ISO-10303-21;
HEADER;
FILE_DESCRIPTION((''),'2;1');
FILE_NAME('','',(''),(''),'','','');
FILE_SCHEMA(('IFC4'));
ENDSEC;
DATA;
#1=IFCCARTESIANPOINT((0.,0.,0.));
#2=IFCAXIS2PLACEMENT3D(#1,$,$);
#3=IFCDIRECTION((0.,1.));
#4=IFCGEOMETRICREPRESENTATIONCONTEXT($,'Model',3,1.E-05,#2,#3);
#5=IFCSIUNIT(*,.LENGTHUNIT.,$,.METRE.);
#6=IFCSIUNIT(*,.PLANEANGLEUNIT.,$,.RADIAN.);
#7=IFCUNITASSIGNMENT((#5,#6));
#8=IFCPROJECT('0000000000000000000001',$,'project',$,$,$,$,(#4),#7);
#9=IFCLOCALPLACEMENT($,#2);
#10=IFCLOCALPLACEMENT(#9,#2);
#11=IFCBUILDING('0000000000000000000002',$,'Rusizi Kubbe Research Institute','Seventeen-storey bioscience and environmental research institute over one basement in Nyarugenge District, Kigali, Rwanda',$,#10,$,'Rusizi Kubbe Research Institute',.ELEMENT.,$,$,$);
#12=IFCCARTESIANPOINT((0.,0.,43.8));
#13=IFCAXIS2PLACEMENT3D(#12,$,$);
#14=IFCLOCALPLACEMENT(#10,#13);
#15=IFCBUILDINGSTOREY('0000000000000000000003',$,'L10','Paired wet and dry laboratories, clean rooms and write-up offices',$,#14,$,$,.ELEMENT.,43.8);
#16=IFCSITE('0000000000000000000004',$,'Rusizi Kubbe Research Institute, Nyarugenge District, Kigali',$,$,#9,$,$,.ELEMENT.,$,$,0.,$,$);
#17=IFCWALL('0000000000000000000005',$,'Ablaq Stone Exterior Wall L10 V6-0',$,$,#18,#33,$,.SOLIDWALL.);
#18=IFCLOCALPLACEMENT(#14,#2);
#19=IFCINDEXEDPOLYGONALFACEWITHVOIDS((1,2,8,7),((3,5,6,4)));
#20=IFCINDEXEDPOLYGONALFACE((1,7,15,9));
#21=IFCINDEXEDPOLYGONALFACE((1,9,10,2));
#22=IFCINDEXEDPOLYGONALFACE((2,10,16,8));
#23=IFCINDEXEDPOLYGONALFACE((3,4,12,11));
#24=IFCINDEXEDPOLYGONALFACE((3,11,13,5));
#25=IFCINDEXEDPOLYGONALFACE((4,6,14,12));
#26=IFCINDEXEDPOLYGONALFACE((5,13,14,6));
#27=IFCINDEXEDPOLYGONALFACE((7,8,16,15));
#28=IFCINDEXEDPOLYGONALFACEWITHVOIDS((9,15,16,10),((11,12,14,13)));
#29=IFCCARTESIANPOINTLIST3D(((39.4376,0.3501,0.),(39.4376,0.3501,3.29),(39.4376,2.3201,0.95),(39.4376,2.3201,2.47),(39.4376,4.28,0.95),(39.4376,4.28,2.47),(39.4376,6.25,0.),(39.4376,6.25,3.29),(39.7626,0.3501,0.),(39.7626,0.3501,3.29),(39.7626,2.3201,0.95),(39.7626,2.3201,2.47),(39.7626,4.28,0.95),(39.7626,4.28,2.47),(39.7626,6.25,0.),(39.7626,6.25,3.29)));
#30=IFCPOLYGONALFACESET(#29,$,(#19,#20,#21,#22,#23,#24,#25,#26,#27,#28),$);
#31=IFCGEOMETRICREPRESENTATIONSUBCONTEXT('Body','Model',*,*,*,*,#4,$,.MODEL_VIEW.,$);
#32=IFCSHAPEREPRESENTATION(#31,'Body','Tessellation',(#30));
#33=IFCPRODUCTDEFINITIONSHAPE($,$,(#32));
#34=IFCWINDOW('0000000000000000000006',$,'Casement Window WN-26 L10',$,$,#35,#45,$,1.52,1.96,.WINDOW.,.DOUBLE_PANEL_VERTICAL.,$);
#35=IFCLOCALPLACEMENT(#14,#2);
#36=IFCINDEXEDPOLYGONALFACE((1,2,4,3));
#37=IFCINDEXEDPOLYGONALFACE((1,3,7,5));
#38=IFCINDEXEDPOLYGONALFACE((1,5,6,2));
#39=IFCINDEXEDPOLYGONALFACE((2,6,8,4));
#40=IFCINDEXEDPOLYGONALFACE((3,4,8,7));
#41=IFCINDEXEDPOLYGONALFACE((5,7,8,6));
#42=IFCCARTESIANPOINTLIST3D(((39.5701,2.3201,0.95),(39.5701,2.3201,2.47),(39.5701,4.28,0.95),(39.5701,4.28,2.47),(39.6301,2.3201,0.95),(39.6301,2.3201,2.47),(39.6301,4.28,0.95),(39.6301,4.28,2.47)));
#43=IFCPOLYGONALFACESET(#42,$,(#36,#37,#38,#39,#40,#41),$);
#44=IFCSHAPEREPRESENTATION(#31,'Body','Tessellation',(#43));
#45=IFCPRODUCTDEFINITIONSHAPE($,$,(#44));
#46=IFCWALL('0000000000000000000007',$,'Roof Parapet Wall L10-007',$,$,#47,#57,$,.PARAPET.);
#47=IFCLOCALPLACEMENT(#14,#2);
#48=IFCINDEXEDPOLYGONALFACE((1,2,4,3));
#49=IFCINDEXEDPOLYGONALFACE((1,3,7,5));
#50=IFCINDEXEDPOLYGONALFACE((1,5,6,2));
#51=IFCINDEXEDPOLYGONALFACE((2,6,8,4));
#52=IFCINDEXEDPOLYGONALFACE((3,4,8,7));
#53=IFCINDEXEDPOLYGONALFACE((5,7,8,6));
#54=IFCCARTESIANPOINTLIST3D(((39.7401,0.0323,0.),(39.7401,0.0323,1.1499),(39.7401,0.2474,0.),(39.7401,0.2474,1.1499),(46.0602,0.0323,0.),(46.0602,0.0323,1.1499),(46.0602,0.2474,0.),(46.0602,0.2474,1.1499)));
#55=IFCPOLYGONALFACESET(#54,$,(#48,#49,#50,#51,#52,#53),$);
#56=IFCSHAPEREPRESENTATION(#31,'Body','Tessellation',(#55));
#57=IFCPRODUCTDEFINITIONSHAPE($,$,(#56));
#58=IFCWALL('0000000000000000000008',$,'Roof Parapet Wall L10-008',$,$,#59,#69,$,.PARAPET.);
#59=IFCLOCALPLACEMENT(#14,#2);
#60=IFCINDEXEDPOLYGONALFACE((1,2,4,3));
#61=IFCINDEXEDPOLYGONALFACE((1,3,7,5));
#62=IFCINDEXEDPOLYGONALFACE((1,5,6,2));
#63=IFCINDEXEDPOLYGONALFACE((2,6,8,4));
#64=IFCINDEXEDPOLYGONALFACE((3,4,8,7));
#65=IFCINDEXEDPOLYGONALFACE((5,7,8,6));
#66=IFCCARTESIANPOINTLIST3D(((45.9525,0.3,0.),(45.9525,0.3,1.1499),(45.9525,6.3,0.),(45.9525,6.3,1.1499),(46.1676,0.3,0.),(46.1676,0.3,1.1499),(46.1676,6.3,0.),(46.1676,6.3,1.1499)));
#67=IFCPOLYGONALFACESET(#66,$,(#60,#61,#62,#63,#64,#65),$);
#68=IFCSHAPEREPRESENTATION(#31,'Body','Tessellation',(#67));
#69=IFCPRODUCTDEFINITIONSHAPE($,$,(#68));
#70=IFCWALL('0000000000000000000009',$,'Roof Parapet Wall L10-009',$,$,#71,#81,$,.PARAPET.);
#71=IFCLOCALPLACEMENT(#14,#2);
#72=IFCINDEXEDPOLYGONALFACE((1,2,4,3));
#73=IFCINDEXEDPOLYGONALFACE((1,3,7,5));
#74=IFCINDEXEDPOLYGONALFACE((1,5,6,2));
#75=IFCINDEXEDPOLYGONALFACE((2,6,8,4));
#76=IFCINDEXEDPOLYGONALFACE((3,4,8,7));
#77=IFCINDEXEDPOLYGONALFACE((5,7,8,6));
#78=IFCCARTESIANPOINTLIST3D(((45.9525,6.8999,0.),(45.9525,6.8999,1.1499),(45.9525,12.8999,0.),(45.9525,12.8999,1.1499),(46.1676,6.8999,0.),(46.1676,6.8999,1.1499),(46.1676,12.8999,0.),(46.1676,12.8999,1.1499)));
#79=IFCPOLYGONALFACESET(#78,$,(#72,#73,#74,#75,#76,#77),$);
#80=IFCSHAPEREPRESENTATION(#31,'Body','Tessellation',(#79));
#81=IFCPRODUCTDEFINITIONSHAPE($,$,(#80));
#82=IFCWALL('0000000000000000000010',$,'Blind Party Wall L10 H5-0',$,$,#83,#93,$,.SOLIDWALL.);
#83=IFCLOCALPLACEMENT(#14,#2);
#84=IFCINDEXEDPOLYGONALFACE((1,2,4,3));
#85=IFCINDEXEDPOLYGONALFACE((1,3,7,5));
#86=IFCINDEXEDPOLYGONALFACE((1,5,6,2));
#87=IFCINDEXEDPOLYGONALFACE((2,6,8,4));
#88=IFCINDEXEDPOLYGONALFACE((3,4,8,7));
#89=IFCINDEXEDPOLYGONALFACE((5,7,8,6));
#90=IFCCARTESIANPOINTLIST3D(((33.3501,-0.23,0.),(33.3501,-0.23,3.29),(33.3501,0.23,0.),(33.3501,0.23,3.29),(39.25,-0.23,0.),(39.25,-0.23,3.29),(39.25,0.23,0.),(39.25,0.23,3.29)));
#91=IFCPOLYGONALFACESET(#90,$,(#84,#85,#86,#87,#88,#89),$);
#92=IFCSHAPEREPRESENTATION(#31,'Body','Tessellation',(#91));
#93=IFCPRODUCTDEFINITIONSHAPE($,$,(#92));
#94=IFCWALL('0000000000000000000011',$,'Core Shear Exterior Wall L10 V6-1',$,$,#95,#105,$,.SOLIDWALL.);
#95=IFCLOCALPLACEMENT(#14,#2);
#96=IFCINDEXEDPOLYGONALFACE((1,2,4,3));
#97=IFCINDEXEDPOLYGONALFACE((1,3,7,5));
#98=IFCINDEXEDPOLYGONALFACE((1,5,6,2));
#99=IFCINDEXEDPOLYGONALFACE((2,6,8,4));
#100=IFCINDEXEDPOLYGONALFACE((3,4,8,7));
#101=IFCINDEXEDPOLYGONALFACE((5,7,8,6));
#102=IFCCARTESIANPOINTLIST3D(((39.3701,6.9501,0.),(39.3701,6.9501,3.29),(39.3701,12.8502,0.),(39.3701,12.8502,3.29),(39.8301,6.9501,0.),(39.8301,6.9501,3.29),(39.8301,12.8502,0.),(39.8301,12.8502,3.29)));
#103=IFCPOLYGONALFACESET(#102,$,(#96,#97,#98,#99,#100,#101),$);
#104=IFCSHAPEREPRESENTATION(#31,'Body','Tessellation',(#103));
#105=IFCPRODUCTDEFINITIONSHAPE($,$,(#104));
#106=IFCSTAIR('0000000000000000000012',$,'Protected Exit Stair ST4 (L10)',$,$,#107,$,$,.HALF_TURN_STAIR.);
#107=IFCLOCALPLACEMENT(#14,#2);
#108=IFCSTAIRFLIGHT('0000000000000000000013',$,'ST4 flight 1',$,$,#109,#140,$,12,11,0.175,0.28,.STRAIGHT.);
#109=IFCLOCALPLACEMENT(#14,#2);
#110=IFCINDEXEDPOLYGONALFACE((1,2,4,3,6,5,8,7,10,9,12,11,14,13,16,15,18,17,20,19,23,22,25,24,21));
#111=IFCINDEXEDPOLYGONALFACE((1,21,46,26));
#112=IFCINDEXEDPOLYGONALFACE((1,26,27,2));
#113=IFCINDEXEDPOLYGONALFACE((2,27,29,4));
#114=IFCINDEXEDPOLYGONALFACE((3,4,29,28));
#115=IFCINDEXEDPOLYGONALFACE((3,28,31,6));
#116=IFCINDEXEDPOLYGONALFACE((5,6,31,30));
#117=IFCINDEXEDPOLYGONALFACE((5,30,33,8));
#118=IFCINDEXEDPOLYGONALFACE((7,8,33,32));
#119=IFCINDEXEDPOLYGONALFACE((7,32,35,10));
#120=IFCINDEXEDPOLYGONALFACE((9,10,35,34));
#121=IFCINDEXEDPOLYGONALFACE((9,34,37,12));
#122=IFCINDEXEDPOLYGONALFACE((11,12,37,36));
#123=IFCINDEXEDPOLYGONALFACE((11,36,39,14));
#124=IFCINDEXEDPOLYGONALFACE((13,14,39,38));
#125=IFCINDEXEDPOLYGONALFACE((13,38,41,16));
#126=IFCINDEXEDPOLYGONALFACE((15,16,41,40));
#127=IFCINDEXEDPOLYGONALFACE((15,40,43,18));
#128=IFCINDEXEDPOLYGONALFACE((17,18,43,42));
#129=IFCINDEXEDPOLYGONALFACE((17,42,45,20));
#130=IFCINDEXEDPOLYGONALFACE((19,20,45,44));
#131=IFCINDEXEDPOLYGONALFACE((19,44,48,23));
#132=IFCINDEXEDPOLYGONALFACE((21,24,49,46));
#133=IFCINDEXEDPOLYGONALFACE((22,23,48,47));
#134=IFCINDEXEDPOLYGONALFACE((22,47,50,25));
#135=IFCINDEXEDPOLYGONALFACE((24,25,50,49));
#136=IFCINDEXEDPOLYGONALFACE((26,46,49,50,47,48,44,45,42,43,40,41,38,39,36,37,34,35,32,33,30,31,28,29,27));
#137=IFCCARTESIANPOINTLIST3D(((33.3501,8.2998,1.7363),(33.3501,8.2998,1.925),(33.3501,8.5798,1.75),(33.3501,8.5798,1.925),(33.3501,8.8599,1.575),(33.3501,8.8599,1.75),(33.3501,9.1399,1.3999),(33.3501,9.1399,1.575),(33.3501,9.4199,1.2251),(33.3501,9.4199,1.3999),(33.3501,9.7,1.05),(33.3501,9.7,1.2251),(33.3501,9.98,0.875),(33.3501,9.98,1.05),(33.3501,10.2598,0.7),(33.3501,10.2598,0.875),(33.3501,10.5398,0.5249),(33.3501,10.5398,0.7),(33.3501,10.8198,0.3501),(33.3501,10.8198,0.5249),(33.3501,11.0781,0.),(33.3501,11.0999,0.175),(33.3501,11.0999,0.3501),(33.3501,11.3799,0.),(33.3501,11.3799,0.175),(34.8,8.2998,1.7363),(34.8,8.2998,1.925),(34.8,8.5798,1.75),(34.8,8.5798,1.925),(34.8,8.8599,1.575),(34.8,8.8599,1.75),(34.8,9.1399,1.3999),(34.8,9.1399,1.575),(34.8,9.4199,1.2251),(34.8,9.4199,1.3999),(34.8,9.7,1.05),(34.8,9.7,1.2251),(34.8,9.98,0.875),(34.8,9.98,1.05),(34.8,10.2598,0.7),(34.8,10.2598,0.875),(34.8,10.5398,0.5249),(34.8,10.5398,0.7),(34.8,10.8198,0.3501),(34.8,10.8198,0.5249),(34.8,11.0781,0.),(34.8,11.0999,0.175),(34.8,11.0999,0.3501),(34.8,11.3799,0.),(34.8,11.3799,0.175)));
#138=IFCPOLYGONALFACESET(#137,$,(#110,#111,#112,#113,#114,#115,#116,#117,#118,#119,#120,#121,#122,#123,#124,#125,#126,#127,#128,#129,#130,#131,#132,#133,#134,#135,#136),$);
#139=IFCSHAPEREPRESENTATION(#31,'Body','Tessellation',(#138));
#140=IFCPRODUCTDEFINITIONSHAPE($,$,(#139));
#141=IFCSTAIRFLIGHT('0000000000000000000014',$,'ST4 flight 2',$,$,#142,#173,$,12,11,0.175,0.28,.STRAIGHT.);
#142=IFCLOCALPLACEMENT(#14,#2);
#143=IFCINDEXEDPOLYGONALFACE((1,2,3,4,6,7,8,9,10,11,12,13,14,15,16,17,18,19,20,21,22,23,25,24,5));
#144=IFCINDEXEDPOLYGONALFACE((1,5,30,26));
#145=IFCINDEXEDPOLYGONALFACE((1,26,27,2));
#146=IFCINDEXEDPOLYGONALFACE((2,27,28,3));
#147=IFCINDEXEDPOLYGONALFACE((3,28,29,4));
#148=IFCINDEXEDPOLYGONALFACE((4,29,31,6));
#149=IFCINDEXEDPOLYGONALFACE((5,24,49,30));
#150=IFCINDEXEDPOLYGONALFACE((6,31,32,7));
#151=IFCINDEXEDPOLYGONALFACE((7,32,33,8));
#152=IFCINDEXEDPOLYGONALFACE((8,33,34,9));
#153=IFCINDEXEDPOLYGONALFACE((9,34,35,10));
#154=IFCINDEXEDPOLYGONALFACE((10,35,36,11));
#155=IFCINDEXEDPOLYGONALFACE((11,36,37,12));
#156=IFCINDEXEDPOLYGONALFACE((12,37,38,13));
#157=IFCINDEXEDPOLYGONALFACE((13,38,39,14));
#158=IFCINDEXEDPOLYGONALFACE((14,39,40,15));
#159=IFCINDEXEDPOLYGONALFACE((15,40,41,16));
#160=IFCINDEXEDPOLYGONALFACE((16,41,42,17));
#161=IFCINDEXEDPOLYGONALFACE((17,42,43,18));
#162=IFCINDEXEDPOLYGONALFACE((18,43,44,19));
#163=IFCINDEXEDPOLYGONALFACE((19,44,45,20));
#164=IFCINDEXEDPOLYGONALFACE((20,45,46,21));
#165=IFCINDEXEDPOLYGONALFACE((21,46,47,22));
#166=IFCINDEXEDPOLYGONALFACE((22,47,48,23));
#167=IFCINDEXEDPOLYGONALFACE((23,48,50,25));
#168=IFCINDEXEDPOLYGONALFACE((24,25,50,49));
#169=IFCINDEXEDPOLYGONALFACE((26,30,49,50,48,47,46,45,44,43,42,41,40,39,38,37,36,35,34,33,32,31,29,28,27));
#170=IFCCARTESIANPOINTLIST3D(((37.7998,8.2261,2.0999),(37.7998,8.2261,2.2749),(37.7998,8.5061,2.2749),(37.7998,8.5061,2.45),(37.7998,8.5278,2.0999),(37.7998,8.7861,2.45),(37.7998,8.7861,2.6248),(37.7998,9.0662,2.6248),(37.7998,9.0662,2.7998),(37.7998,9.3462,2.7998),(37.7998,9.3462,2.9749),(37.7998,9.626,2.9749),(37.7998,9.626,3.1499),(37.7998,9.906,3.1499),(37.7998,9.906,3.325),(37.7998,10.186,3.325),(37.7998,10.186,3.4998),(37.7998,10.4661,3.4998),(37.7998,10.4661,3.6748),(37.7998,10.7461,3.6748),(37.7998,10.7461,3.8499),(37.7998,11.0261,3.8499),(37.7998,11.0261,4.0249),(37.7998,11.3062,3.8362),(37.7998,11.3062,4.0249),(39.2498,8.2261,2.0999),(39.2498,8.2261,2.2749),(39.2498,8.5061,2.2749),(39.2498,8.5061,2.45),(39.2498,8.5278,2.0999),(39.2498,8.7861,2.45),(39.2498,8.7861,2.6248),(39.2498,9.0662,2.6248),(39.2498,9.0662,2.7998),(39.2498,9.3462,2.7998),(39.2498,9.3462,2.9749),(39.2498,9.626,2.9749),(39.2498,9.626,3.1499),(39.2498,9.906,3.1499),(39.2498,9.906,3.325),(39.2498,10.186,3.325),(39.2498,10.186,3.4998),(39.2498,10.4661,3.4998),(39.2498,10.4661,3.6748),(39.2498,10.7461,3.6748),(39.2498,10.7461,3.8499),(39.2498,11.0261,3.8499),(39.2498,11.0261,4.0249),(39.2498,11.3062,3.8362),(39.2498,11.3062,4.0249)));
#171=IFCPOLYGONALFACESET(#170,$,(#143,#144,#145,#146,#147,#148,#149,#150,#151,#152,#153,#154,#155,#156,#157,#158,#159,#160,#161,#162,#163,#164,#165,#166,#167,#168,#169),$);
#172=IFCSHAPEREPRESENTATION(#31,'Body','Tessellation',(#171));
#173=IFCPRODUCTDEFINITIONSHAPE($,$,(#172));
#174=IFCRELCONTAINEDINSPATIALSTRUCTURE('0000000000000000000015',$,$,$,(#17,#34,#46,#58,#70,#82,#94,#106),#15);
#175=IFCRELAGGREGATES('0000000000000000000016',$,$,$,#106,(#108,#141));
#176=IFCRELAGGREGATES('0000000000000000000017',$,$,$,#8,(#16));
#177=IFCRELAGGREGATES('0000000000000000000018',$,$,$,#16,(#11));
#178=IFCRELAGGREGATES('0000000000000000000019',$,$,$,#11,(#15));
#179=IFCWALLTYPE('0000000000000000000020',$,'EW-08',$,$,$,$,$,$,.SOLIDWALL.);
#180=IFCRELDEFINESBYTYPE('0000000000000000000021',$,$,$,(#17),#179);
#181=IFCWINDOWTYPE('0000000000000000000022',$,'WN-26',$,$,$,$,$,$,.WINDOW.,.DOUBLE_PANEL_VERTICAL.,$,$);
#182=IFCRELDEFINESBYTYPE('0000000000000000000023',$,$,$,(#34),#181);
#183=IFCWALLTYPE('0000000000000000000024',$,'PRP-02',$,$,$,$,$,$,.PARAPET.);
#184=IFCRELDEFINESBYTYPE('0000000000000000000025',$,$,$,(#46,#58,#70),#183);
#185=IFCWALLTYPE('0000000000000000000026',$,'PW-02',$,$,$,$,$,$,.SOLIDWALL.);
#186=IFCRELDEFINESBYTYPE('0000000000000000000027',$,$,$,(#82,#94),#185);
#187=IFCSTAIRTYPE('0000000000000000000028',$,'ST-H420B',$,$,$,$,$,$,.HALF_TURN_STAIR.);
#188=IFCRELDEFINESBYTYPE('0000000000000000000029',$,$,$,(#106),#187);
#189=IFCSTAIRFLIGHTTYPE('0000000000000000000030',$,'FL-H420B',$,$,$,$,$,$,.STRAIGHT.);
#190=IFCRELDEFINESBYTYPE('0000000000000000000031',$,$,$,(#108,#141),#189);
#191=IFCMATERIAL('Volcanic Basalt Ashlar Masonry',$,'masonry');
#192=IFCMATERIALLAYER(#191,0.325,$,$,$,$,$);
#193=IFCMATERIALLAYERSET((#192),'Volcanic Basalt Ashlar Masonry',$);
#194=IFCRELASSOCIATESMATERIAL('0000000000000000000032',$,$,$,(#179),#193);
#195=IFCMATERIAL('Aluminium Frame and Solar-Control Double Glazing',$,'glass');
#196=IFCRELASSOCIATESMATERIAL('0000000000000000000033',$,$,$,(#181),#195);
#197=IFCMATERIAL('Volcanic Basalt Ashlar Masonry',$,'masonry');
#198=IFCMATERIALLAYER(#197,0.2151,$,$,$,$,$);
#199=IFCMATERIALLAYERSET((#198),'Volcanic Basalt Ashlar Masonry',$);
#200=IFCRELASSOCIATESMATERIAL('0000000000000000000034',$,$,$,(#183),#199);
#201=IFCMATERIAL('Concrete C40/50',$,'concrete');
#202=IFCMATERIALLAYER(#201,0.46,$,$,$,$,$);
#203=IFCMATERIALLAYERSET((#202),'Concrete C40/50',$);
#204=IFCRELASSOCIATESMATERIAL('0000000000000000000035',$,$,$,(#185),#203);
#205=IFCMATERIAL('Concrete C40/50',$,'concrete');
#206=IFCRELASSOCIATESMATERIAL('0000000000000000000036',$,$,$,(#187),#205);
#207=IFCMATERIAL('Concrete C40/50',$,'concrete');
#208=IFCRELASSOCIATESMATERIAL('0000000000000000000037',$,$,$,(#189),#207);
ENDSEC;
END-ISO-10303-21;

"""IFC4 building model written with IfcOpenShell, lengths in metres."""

from ifc_helpers import new_model, si_unit, direction, frame, frame_2d, origin, place, context, subcontext, project, spatial, polyline, rectangle, outline, extrude, material, layer, layer_set, type_object, element, fill, aggregate, save


model = new_model("IFC4")

# Units and contexts
model_context = context("Model", 3, precision=1e-05, world=origin(), true_north=direction((0.0, 1.0)))
body_context = subcontext(model_context, "Body", "Model", "MODEL_VIEW")
ifc_project = project(units=[si_unit("LENGTHUNIT", "METRE"), si_unit("PLANEANGLEUNIT", "RADIAN")], contexts=[model_context])

# Site, building, storey
site_placement = place(None, origin())
site = spatial("IfcSite", under=ifc_project, at=site_placement, Name="Rusizi Kubbe Research Institute, Nyarugenge District, Kigali", CompositionType="ELEMENT", RefElevation=0.0)
building_placement = place(site_placement, origin())
building = spatial("IfcBuilding", under=site, at=building_placement, Name="Rusizi Kubbe Research Institute", Description="Seventeen-storey bioscience and environmental research institute over one basement in Nyarugenge District, Kigali, Rwanda", LongName="Rusizi Kubbe Research Institute", CompositionType="ELEMENT")
storey_placement = place(building_placement, frame((0.0, 0.0, 43.8)))
storey = spatial("IfcBuildingStorey", under=building, at=storey_placement, Name="L10", Description="Paired wet and dry laboratories, clean rooms and write-up offices", CompositionType="ELEMENT", Elevation=43.8)

# Wall, opening, window
ifc_material_1 = material(Name="Volcanic Basalt Ashlar Masonry", Category="masonry")
ifc_layer_1 = layer(ifc_material_1, 0.325)
ifc_layer_set_1 = layer_set([ifc_layer_1], Name="Volcanic Basalt Ashlar Masonry")
wall_type_1 = type_object("IfcWallType", Name="EW-08", PredefinedType="SOLIDWALL", material=ifc_layer_set_1)
wall_1_placement = place(storey_placement, frame((39.6001, 0.3501, 0.0), z_axis=(0.0, 0.0, 1.0), x_axis=(0.0, 1.0, 0.0)))
wall_1 = element("IfcWall", 1, at=wall_1_placement, inside=storey, type_object=wall_type_1, Name="Ablaq Stone Exterior Wall L10 V6-0", PredefinedType="SOLIDWALL", context=body_context, shape_type="SweptSolid", body=[
    extrude(rectangle(XDim=5.8999, YDim=0.325, at=frame_2d((2.95, 0.0))), origin(), (0.0, 0.0, 1.0), 3.29),
])
opening_placement = place(wall_1_placement, frame((1.97, 0.0, 0.95)))
opening = element("IfcOpeningElement", 2, at=opening_placement, cuts=wall_1, PredefinedType="OPENING", context=body_context, shape_type="SweptSolid", body=[
    extrude(rectangle(XDim=1.96, YDim=1.52, at=frame_2d((0.98, 0.76))), frame((0.0, 0.1724, 0.0), z_axis=(0.0, -1.0, 0.0), x_axis=(1.0, 0.0, 0.0)), (0.0, 0.0, 1.0), 0.345),
])
ifc_material_2 = material(Name="Aluminium Frame and Solar-Control Double Glazing", Category="glass")
window_type = type_object("IfcWindowType", Name="WN-26", PartitioningType="DOUBLE_PANEL_VERTICAL", PredefinedType="WINDOW", material=ifc_material_2)
window_placement = place(opening_placement, origin())
window = element("IfcWindow", 3, at=window_placement, inside=storey, type_object=window_type, Name="Casement Window WN-26 L10", OverallHeight=1.52, OverallWidth=1.96, PartitioningType="DOUBLE_PANEL_VERTICAL", PredefinedType="WINDOW", context=body_context, shape_type="SweptSolid", body=[
    extrude(rectangle(XDim=1.96, YDim=1.52, at=frame_2d((0.98, 0.76))), frame((0.0, 0.03, 0.0), z_axis=(0.0, -1.0, 0.0), x_axis=(1.0, 0.0, 0.0)), (0.0, 0.0, 1.0), 0.0601),
])
fill(opening, window)

# Walls
ifc_material_3 = material(Name="Volcanic Basalt Ashlar Masonry", Category="masonry")
ifc_layer_2 = layer(ifc_material_3, 0.2151)
ifc_layer_set_2 = layer_set([ifc_layer_2], Name="Volcanic Basalt Ashlar Masonry")
wall_type_2 = type_object("IfcWallType", Name="PRP-02", PredefinedType="PARAPET", material=ifc_layer_set_2)
wall_2_placement = place(storey_placement, frame((39.74, 0.1399, 0.0), z_axis=(0.0, 0.0, 1.0), x_axis=(1.0, 0.0, 0.0)))
element("IfcWall", 4, at=wall_2_placement, inside=storey, type_object=wall_type_2, Name="Roof Parapet Wall L10-007", PredefinedType="PARAPET", context=body_context, shape_type="SweptSolid", body=[
    extrude(rectangle(XDim=6.3201, YDim=0.2151, at=frame_2d((3.1602, 0.0))), origin(), (0.0, 0.0, 1.0), 1.1499),
])
for number, where, z_axis, x_axis, name in (
    (5, (46.0601, 0.3, 0.0), (0.0, 0.0, 1.0), (0.0, 1.0, 0.0), "Roof Parapet Wall L10-008"),
    (6, (46.0601, 6.8999, 0.0), (0.0, 0.0, 1.0), (0.0, 1.0, 0.0), "Roof Parapet Wall L10-009"),
):
    element("IfcWall", number, at=place(storey_placement, frame(where, z_axis=z_axis, x_axis=x_axis)), inside=storey, type_object=wall_type_2, Name=name, PredefinedType="PARAPET", context=body_context, shape_type="SweptSolid", body=[
        extrude(rectangle(XDim=6.0, YDim=0.2151, at=frame_2d((3.0, 0.0))), origin(), (0.0, 0.0, 1.0), 1.1499),
    ])
ifc_material_4 = material(Name="Concrete C40/50", Category="concrete")
ifc_layer_3 = layer(ifc_material_4, 0.46)
ifc_layer_set_3 = layer_set([ifc_layer_3], Name="Concrete C40/50")
wall_type_3 = type_object("IfcWallType", Name="PW-02", PredefinedType="SOLIDWALL", material=ifc_layer_set_3)
wall_3_placement = place(storey_placement, frame((33.3501, 0.0, 0.0), z_axis=(0.0, 0.0, 1.0), x_axis=(1.0, 0.0, 0.0)))
element("IfcWall", 7, at=wall_3_placement, inside=storey, type_object=wall_type_3, Name="Blind Party Wall L10 H5-0", PredefinedType="SOLIDWALL", context=body_context, shape_type="SweptSolid", body=[
    extrude(rectangle(XDim=5.8999, YDim=0.46, at=frame_2d((2.95, 0.0))), origin(), (0.0, 0.0, 1.0), 3.29),
])
wall_4_placement = place(storey_placement, frame((39.6001, 6.95, 0.0), z_axis=(0.0, 0.0, 1.0), x_axis=(0.0, 1.0, 0.0)))
element("IfcWall", 8, at=wall_4_placement, inside=storey, type_object=wall_type_3, Name="Core Shear Exterior Wall L10 V6-1", PredefinedType="SOLIDWALL", context=body_context, shape_type="SweptSolid", body=[
    extrude(rectangle(XDim=5.9001, YDim=0.46, at=frame_2d((2.9502, 0.0))), origin(), (0.0, 0.0, 1.0), 3.29),
])

# Stair, stair flights
ifc_material_5 = material(Name="Concrete C40/50", Category="concrete")
stair_type = type_object("IfcStairType", Name="ST-H420B", PredefinedType="HALF_TURN_STAIR", material=ifc_material_5)
stair_placement = place(storey_placement, origin())
stair = element("IfcStair", 9, at=stair_placement, inside=storey, type_object=stair_type, Name="Protected Exit Stair ST4 (L10)", PredefinedType="HALF_TURN_STAIR")
ifc_material_6 = material(Name="Concrete C40/50", Category="concrete")
stair_flight_type = type_object("IfcStairFlightType", Name="FL-H420B", PredefinedType="STRAIGHT", material=ifc_material_6)
stair_flight_1_placement = place(storey_placement, frame((34.075, 11.3799, 0.0), z_axis=(0.0, 0.0, 1.0), x_axis=(0.0, -1.0, 0.0)))
stair_flight_1 = element("IfcStairFlight", 10, at=stair_flight_1_placement, type_object=stair_flight_type, Name="ST4 flight 1", NumberOfRisers=12, NumberOfTreads=11, PredefinedType="STRAIGHT", RiserHeight=0.175, TreadLength=0.28, context=body_context, shape_type="SweptSolid", body=[
    extrude(outline(polyline([(0.0, 0.0), (0.0, 0.175), (0.28, 0.175), (0.28, 0.3501), (0.5601, 0.3501), (0.5601, 0.5249), (0.8401, 0.5249), (0.8401, 0.7), (1.1201, 0.7), (1.1201, 0.875), (1.3999, 0.875), (1.3999, 1.05), (1.6799, 1.05), (1.6799, 1.2251), (1.96, 1.2251), (1.96, 1.3999), (2.24, 1.3999), (2.24, 1.575), (2.52, 1.575), (2.52, 1.75), (2.8, 1.75), (2.8, 1.925), (3.0801, 1.925), (3.0801, 2.1001), (3.0801, 1.7363), (0.3018, 0.0), (0.0, 0.0)])), frame((0.0, 0.7251, 0.0), z_axis=(0.0, -1.0, 0.0), x_axis=(1.0, 0.0, 0.0)), (0.0, 0.0, 1.0), 1.45),
])
stair_flight_2_placement = place(storey_placement, frame((38.5249, 8.2261, 2.0999), z_axis=(0.0, 0.0, 1.0), x_axis=(0.0, 1.0, 0.0)))
stair_flight_2 = element("IfcStairFlight", 11, at=stair_flight_2_placement, type_object=stair_flight_type, Name="ST4 flight 2", NumberOfRisers=12, NumberOfTreads=11, PredefinedType="STRAIGHT", RiserHeight=0.175, TreadLength=0.28, context=body_context, shape_type="SweptSolid", body=[
    extrude(outline(polyline([(0.0, 0.0), (0.0, 0.175), (0.28, 0.175), (0.28, 0.3501), (0.5601, 0.3501), (0.5601, 0.5249), (0.8401, 0.5249), (0.8401, 0.7), (1.1201, 0.7), (1.1201, 0.875), (1.3999, 0.875), (1.3999, 1.05), (1.6799, 1.05), (1.6799, 1.2251), (1.96, 1.2251), (1.96, 1.3999), (2.24, 1.3999), (2.24, 1.575), (2.52, 1.575), (2.52, 1.75), (2.8, 1.75), (2.8, 1.925), (3.0801, 1.925), (3.0801, 2.1001), (3.0801, 1.7363), (0.3018, 0.0), (0.0, 0.0)])), frame((0.0, 0.7251, 0.0), z_axis=(0.0, -1.0, 0.0), x_axis=(1.0, 0.0, 0.0)), (0.0, 0.0, 1.0), 1.45),
])
aggregate(stair, [stair_flight_1, stair_flight_2])

save(model, "model.ifc")
